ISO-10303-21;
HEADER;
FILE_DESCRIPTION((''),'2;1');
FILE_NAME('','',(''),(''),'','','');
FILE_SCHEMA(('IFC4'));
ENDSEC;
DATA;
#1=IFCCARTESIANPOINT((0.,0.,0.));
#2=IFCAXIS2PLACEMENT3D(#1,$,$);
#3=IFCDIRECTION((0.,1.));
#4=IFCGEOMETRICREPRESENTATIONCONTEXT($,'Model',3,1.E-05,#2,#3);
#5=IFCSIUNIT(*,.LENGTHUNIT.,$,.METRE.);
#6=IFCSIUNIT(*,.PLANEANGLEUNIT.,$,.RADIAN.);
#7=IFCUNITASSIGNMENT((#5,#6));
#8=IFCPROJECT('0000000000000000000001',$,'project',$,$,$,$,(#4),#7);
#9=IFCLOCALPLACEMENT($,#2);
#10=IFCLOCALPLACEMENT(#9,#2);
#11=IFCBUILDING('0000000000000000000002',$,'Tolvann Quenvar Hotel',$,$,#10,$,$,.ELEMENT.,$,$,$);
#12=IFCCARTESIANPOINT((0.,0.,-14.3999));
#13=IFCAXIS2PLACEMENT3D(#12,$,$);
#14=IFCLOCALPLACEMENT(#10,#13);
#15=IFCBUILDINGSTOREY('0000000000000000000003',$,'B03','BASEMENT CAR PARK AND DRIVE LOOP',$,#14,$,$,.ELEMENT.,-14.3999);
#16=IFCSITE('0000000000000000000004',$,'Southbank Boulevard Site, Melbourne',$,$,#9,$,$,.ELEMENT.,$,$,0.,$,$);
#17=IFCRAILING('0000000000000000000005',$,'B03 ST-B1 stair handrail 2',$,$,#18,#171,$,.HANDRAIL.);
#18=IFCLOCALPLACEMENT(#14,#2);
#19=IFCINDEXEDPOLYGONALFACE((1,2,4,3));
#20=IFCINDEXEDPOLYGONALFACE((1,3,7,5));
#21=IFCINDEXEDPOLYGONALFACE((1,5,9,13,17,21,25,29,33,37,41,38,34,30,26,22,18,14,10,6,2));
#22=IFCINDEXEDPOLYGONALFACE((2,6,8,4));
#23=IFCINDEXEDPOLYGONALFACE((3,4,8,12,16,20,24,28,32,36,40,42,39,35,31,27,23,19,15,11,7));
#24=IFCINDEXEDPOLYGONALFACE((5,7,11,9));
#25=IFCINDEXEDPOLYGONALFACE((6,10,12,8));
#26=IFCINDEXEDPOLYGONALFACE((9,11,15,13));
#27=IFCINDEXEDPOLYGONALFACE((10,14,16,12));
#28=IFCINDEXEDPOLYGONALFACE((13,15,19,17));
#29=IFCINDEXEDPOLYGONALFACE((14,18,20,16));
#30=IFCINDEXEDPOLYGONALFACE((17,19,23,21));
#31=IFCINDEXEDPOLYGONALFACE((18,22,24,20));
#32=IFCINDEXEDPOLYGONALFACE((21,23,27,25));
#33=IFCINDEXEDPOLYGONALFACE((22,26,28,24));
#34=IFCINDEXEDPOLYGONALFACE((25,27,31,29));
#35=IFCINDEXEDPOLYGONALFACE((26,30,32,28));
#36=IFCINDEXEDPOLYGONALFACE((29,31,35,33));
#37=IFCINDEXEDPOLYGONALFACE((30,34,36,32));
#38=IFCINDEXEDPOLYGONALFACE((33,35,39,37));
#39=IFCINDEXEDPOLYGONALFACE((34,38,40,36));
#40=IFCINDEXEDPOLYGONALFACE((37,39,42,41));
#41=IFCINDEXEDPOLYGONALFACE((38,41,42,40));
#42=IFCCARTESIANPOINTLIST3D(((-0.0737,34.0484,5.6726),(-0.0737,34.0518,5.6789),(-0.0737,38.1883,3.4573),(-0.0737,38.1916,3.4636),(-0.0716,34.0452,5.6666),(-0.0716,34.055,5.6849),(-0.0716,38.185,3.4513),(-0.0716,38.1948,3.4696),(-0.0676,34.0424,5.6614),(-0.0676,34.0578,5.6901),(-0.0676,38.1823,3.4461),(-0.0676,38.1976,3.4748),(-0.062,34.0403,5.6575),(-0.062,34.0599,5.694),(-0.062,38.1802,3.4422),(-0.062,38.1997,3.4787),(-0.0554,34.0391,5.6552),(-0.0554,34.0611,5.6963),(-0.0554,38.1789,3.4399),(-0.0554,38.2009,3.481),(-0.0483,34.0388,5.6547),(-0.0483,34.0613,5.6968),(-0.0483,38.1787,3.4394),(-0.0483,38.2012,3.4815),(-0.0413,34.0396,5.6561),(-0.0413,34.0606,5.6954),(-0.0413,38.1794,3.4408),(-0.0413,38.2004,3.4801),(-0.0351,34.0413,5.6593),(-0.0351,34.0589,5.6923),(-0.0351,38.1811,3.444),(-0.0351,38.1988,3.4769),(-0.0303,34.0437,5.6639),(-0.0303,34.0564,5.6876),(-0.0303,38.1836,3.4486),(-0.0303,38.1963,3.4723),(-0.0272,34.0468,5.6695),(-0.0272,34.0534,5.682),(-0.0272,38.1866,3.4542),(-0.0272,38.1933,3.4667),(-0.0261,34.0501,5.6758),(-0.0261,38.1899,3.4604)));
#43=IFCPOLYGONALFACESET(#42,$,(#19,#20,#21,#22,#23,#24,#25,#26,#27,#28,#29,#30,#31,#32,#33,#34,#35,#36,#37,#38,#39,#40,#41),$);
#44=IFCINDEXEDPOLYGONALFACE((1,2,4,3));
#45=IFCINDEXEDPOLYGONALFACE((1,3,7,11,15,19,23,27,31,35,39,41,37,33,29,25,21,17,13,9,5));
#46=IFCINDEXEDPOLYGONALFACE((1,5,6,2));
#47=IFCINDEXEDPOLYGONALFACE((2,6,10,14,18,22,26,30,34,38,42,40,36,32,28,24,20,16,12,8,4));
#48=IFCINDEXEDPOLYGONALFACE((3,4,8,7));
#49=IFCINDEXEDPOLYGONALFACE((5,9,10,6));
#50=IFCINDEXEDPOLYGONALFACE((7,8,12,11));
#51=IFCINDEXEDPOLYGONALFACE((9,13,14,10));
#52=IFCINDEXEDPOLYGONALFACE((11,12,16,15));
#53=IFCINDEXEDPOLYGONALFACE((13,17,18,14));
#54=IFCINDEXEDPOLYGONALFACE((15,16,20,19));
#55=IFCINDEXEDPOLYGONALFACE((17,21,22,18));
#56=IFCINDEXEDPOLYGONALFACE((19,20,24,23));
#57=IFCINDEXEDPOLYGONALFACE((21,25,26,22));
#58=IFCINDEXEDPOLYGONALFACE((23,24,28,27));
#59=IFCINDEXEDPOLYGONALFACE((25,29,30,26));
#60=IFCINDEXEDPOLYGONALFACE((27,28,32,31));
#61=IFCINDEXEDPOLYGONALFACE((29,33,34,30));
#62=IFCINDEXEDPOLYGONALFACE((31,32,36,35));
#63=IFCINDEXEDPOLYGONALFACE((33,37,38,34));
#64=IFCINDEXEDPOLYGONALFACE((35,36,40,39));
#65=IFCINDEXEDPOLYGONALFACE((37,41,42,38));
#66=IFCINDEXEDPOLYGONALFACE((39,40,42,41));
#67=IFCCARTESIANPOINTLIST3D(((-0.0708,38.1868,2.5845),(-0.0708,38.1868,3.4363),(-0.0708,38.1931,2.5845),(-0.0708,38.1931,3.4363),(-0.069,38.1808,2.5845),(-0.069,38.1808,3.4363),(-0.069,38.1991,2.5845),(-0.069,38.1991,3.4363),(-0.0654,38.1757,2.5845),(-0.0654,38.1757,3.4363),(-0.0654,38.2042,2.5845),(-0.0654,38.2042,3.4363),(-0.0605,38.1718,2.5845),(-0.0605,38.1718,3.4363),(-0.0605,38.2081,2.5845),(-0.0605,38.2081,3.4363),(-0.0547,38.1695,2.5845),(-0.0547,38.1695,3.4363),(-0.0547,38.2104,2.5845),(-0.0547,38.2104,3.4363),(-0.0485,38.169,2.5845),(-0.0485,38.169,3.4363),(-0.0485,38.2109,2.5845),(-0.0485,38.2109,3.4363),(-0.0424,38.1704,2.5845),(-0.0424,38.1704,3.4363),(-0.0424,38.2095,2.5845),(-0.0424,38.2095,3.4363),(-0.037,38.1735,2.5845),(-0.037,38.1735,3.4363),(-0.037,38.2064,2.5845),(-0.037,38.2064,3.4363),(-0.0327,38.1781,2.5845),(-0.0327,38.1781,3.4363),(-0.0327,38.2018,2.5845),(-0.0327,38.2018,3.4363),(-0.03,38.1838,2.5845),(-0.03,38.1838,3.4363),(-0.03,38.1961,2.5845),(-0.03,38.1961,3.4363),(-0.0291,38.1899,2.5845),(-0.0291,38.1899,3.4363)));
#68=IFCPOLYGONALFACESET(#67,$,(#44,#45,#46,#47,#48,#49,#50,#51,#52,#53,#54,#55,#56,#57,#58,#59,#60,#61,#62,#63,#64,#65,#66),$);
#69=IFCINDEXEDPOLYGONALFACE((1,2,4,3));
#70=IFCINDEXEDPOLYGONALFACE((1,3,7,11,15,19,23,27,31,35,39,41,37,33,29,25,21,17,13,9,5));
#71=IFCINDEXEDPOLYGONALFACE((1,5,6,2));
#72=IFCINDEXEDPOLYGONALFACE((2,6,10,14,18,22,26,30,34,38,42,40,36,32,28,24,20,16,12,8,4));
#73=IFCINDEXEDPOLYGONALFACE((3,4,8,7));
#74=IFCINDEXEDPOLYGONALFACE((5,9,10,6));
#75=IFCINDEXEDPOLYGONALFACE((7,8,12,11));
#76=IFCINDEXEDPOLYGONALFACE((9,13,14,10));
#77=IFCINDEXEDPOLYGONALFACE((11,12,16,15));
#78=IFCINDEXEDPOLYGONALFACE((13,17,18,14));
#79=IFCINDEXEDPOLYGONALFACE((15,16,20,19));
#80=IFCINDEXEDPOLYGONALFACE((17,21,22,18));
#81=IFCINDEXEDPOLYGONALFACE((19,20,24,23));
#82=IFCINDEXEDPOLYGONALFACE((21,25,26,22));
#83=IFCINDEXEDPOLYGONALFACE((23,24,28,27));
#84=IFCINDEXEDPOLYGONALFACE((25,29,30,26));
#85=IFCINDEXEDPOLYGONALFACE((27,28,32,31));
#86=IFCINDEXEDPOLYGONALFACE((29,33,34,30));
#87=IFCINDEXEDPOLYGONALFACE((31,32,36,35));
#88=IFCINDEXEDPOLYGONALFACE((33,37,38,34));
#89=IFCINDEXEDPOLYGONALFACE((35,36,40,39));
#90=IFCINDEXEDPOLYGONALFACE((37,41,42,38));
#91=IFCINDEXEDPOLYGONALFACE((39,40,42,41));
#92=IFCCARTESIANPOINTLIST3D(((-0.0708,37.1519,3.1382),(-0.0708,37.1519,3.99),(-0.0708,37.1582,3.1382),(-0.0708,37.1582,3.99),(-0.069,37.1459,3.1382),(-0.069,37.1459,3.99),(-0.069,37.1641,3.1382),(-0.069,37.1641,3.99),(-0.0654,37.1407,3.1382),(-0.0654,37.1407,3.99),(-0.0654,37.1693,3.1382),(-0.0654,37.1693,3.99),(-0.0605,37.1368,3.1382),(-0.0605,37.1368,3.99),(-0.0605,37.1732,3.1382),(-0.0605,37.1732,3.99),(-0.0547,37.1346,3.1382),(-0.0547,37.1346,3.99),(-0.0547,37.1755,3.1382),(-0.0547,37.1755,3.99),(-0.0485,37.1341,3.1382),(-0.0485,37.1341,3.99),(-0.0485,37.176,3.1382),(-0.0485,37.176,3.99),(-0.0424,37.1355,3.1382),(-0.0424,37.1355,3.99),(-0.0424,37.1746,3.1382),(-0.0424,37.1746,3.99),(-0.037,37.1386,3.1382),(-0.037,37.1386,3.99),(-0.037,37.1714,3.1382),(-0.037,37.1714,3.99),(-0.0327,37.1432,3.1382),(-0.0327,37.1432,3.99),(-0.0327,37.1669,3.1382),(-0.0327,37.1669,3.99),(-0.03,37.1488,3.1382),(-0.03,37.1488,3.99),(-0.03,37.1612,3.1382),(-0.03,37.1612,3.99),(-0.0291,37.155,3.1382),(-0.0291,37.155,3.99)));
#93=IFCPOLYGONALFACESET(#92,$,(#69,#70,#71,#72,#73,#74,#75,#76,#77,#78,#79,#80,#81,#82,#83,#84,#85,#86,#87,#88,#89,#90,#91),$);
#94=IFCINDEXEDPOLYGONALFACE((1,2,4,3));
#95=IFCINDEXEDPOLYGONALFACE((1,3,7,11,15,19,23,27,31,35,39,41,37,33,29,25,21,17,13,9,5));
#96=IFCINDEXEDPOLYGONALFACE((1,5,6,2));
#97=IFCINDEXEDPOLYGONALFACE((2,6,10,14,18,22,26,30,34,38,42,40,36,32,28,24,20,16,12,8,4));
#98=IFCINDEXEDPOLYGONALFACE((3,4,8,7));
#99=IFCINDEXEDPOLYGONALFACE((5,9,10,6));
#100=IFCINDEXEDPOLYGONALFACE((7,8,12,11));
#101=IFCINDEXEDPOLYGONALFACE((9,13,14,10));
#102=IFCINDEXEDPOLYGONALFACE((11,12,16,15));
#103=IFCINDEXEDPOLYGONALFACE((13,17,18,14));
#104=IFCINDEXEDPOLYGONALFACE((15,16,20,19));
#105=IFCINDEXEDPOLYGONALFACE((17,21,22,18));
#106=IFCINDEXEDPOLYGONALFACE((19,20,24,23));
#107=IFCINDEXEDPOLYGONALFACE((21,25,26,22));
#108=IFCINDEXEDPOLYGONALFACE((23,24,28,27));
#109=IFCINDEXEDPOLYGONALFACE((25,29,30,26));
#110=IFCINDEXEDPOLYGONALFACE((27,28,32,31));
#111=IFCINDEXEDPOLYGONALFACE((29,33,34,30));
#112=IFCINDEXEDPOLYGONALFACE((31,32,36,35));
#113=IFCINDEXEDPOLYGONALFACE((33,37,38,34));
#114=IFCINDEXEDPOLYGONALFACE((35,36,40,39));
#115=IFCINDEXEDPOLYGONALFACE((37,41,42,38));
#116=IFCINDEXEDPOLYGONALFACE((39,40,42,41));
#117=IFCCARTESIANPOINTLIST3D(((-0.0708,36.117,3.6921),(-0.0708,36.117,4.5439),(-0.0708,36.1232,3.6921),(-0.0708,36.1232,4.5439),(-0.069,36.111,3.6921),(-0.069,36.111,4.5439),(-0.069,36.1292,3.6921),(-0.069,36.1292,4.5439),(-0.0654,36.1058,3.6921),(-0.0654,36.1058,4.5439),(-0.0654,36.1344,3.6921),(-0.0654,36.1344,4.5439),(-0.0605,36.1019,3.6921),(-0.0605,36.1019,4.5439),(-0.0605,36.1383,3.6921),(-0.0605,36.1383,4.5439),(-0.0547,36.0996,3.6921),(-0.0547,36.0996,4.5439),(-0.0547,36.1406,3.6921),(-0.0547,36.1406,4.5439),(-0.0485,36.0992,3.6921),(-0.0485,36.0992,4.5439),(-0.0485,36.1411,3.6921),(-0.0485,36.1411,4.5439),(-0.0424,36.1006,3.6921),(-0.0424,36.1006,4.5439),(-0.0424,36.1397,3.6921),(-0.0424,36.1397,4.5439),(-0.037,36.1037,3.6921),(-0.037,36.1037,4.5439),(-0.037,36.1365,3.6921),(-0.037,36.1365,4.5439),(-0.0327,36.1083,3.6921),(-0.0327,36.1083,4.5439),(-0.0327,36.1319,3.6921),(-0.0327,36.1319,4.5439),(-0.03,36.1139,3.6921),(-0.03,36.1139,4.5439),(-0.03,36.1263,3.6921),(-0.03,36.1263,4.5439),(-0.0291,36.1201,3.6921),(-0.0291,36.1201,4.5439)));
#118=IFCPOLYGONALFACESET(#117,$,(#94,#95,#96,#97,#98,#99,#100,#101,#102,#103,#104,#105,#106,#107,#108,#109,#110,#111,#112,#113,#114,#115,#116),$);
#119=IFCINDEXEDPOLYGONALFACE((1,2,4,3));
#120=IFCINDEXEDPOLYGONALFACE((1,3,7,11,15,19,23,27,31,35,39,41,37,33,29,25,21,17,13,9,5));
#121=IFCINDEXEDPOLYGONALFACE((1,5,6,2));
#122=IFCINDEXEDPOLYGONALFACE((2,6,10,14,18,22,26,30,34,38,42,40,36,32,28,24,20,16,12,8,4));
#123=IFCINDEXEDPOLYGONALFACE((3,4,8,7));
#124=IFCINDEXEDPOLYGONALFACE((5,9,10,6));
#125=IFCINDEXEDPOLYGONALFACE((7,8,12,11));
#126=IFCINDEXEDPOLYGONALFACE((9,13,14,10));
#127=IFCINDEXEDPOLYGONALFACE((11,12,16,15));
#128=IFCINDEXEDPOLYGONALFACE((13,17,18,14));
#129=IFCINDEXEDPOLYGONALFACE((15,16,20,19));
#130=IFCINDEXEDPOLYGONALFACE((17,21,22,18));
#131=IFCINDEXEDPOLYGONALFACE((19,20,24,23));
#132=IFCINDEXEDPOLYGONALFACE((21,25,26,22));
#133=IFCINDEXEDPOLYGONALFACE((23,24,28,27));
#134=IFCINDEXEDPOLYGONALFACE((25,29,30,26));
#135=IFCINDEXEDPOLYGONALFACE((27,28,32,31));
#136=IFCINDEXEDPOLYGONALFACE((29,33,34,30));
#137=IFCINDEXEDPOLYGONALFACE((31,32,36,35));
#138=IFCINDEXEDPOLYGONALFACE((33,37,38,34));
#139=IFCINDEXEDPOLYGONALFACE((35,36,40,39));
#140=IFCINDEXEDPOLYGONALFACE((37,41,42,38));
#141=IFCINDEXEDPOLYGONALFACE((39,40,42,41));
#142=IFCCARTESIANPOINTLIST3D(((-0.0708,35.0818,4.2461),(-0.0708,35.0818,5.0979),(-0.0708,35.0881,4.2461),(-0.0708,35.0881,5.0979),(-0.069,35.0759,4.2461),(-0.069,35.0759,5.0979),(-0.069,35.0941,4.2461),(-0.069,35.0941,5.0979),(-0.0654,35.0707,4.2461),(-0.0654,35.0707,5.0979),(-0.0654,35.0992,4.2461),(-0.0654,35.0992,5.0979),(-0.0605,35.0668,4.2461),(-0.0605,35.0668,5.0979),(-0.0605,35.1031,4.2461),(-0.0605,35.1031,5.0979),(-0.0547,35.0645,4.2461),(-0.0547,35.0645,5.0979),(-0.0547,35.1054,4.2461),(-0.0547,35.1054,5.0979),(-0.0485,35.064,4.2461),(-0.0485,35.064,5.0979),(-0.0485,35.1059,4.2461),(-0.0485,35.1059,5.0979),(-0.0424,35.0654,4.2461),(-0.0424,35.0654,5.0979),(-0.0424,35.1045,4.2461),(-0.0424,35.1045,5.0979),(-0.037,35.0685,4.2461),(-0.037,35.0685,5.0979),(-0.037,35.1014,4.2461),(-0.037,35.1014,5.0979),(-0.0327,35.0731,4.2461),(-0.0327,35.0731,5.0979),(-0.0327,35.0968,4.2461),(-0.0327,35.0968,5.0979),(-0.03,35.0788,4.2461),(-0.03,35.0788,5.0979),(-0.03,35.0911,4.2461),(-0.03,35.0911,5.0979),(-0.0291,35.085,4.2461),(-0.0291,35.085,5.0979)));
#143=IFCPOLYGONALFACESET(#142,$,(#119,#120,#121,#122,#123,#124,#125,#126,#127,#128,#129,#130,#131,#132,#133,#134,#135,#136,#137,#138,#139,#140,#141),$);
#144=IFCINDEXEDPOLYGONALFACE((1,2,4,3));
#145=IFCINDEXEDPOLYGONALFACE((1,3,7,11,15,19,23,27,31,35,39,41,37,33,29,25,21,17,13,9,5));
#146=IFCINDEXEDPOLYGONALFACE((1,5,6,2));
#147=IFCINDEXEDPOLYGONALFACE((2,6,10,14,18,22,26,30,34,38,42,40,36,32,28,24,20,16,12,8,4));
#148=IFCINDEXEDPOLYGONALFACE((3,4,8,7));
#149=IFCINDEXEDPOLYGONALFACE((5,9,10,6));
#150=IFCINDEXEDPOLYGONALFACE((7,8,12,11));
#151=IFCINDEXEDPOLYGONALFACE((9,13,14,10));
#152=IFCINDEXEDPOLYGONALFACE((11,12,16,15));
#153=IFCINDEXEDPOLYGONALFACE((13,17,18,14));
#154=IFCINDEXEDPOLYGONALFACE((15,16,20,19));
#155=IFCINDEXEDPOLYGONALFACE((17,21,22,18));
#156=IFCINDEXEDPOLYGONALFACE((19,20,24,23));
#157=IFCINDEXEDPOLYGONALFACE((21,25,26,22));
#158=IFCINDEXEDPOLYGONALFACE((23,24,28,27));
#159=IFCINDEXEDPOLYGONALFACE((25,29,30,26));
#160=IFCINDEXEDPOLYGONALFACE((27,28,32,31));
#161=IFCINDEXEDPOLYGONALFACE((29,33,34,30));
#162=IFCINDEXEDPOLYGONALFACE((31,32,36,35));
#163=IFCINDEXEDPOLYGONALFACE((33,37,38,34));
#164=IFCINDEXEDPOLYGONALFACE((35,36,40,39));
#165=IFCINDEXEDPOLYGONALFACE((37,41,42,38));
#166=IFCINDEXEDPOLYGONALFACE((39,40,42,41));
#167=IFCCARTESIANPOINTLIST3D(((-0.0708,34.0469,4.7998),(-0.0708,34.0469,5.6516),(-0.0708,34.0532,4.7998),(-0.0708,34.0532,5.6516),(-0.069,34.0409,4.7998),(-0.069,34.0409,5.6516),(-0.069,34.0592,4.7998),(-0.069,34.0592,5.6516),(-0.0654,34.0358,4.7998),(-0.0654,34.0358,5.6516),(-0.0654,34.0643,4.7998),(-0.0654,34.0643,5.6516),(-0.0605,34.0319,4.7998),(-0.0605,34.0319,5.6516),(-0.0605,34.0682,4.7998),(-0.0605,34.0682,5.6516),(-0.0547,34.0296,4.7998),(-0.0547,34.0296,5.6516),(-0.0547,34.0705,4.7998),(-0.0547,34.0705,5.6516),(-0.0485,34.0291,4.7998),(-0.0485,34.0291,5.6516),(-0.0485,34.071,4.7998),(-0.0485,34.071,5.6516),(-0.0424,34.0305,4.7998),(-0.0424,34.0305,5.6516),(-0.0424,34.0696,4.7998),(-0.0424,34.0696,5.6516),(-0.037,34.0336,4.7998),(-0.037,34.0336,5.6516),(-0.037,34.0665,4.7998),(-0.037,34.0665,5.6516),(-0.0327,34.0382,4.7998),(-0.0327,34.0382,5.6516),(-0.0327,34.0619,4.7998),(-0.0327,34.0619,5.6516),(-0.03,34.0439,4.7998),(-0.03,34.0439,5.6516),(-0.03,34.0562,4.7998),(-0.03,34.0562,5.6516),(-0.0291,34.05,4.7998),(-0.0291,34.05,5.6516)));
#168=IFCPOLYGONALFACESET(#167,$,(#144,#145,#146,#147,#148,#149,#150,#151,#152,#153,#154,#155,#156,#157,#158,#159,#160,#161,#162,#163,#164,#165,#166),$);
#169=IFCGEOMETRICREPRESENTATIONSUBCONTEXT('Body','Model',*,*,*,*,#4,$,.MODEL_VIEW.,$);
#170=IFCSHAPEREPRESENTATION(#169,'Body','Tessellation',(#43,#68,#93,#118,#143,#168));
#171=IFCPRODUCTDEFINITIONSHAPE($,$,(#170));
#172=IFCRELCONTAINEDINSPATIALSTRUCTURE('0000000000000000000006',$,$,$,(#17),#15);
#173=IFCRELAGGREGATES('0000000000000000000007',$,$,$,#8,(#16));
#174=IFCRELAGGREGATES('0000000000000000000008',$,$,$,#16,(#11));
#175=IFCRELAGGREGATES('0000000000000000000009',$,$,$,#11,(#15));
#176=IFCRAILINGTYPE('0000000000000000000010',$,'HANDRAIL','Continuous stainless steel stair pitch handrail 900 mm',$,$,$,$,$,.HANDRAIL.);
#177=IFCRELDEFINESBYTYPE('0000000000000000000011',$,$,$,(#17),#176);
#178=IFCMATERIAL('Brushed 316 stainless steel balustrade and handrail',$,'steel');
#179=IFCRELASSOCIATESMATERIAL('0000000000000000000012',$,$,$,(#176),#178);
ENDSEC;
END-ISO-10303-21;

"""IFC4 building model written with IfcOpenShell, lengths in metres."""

from ifc_helpers import new_model, si_unit, direction, frame, origin, origin_2d, place, context, subcontext, project, spatial, circle, extrude, material, type_object, element, save


model = new_model("IFC4")

# Units and contexts
model_context = context("Model", 3, precision=1e-05, world=origin(), true_north=direction((0.0, 1.0)))
body_context = subcontext(model_context, "Body", "Model", "MODEL_VIEW")
ifc_project = project(units=[si_unit("LENGTHUNIT", "METRE"), si_unit("PLANEANGLEUNIT", "RADIAN")], contexts=[model_context])

# Site, building, storey
site_placement = place(None, origin())
site = spatial("IfcSite", under=ifc_project, at=site_placement, Name="Southbank Boulevard Site, Melbourne", CompositionType="ELEMENT", RefElevation=0.0)
building_placement = place(site_placement, origin())
building = spatial("IfcBuilding", under=site, at=building_placement, Name="Tolvann Quenvar Hotel", CompositionType="ELEMENT")
storey_placement = place(building_placement, frame((0.0, 0.0, -14.3999)))
storey = spatial("IfcBuildingStorey", under=building, at=storey_placement, Name="B03", Description="BASEMENT CAR PARK AND DRIVE LOOP", CompositionType="ELEMENT", Elevation=-14.3999)

# Railing
ifc_material_1 = material(Name="Brushed 316 stainless steel balustrade and handrail", Category="steel")
railing_type_1 = type_object("IfcRailingType", Name="HANDRAIL", Description="Continuous stainless steel stair pitch handrail 900 mm", PredefinedType="HANDRAIL", material=ifc_material_1)
railing_1_placement = place(storey_placement, frame((-0.05, 38.1899, 2.5845)))
element("IfcRailing", 1, at=railing_1_placement, inside=storey, type_object=railing_type_1, Name="B03 ST-B1 stair handrail 2", PredefinedType="HANDRAIL", context=body_context, shape_type="SweptSolid", body=[
    extrude(circle(Radius=0.0239, at=origin_2d()), frame((0.0, 0.0, 0.876), z_axis=(0.0, -0.881699, 0.471813), x_axis=(1.0, 0.0, 0.0)), (0.0, 0.0, 1.0), 4.6953),
    extrude(circle(Radius=0.021, at=origin_2d()), origin(), (0.0, 0.0, 1.0), 0.8518),
    extrude(circle(Radius=0.021, at=origin_2d()), frame((0.0, -1.0349, 0.5537)), (0.0, 0.0, 1.0), 0.8518),
    extrude(circle(Radius=0.021, at=origin_2d()), frame((0.0, -2.0698, 1.1077)), (0.0, 0.0, 1.0), 0.8518),
    extrude(circle(Radius=0.021, at=origin_2d()), frame((0.0, -3.105, 1.6616)), (0.0, 0.0, 1.0), 0.8518),
    extrude(circle(Radius=0.021, at=origin_2d()), frame((0.0, -4.1399, 2.2153)), (0.0, 0.0, 1.0), 0.8518),
])

save(model, "model.ifc")
